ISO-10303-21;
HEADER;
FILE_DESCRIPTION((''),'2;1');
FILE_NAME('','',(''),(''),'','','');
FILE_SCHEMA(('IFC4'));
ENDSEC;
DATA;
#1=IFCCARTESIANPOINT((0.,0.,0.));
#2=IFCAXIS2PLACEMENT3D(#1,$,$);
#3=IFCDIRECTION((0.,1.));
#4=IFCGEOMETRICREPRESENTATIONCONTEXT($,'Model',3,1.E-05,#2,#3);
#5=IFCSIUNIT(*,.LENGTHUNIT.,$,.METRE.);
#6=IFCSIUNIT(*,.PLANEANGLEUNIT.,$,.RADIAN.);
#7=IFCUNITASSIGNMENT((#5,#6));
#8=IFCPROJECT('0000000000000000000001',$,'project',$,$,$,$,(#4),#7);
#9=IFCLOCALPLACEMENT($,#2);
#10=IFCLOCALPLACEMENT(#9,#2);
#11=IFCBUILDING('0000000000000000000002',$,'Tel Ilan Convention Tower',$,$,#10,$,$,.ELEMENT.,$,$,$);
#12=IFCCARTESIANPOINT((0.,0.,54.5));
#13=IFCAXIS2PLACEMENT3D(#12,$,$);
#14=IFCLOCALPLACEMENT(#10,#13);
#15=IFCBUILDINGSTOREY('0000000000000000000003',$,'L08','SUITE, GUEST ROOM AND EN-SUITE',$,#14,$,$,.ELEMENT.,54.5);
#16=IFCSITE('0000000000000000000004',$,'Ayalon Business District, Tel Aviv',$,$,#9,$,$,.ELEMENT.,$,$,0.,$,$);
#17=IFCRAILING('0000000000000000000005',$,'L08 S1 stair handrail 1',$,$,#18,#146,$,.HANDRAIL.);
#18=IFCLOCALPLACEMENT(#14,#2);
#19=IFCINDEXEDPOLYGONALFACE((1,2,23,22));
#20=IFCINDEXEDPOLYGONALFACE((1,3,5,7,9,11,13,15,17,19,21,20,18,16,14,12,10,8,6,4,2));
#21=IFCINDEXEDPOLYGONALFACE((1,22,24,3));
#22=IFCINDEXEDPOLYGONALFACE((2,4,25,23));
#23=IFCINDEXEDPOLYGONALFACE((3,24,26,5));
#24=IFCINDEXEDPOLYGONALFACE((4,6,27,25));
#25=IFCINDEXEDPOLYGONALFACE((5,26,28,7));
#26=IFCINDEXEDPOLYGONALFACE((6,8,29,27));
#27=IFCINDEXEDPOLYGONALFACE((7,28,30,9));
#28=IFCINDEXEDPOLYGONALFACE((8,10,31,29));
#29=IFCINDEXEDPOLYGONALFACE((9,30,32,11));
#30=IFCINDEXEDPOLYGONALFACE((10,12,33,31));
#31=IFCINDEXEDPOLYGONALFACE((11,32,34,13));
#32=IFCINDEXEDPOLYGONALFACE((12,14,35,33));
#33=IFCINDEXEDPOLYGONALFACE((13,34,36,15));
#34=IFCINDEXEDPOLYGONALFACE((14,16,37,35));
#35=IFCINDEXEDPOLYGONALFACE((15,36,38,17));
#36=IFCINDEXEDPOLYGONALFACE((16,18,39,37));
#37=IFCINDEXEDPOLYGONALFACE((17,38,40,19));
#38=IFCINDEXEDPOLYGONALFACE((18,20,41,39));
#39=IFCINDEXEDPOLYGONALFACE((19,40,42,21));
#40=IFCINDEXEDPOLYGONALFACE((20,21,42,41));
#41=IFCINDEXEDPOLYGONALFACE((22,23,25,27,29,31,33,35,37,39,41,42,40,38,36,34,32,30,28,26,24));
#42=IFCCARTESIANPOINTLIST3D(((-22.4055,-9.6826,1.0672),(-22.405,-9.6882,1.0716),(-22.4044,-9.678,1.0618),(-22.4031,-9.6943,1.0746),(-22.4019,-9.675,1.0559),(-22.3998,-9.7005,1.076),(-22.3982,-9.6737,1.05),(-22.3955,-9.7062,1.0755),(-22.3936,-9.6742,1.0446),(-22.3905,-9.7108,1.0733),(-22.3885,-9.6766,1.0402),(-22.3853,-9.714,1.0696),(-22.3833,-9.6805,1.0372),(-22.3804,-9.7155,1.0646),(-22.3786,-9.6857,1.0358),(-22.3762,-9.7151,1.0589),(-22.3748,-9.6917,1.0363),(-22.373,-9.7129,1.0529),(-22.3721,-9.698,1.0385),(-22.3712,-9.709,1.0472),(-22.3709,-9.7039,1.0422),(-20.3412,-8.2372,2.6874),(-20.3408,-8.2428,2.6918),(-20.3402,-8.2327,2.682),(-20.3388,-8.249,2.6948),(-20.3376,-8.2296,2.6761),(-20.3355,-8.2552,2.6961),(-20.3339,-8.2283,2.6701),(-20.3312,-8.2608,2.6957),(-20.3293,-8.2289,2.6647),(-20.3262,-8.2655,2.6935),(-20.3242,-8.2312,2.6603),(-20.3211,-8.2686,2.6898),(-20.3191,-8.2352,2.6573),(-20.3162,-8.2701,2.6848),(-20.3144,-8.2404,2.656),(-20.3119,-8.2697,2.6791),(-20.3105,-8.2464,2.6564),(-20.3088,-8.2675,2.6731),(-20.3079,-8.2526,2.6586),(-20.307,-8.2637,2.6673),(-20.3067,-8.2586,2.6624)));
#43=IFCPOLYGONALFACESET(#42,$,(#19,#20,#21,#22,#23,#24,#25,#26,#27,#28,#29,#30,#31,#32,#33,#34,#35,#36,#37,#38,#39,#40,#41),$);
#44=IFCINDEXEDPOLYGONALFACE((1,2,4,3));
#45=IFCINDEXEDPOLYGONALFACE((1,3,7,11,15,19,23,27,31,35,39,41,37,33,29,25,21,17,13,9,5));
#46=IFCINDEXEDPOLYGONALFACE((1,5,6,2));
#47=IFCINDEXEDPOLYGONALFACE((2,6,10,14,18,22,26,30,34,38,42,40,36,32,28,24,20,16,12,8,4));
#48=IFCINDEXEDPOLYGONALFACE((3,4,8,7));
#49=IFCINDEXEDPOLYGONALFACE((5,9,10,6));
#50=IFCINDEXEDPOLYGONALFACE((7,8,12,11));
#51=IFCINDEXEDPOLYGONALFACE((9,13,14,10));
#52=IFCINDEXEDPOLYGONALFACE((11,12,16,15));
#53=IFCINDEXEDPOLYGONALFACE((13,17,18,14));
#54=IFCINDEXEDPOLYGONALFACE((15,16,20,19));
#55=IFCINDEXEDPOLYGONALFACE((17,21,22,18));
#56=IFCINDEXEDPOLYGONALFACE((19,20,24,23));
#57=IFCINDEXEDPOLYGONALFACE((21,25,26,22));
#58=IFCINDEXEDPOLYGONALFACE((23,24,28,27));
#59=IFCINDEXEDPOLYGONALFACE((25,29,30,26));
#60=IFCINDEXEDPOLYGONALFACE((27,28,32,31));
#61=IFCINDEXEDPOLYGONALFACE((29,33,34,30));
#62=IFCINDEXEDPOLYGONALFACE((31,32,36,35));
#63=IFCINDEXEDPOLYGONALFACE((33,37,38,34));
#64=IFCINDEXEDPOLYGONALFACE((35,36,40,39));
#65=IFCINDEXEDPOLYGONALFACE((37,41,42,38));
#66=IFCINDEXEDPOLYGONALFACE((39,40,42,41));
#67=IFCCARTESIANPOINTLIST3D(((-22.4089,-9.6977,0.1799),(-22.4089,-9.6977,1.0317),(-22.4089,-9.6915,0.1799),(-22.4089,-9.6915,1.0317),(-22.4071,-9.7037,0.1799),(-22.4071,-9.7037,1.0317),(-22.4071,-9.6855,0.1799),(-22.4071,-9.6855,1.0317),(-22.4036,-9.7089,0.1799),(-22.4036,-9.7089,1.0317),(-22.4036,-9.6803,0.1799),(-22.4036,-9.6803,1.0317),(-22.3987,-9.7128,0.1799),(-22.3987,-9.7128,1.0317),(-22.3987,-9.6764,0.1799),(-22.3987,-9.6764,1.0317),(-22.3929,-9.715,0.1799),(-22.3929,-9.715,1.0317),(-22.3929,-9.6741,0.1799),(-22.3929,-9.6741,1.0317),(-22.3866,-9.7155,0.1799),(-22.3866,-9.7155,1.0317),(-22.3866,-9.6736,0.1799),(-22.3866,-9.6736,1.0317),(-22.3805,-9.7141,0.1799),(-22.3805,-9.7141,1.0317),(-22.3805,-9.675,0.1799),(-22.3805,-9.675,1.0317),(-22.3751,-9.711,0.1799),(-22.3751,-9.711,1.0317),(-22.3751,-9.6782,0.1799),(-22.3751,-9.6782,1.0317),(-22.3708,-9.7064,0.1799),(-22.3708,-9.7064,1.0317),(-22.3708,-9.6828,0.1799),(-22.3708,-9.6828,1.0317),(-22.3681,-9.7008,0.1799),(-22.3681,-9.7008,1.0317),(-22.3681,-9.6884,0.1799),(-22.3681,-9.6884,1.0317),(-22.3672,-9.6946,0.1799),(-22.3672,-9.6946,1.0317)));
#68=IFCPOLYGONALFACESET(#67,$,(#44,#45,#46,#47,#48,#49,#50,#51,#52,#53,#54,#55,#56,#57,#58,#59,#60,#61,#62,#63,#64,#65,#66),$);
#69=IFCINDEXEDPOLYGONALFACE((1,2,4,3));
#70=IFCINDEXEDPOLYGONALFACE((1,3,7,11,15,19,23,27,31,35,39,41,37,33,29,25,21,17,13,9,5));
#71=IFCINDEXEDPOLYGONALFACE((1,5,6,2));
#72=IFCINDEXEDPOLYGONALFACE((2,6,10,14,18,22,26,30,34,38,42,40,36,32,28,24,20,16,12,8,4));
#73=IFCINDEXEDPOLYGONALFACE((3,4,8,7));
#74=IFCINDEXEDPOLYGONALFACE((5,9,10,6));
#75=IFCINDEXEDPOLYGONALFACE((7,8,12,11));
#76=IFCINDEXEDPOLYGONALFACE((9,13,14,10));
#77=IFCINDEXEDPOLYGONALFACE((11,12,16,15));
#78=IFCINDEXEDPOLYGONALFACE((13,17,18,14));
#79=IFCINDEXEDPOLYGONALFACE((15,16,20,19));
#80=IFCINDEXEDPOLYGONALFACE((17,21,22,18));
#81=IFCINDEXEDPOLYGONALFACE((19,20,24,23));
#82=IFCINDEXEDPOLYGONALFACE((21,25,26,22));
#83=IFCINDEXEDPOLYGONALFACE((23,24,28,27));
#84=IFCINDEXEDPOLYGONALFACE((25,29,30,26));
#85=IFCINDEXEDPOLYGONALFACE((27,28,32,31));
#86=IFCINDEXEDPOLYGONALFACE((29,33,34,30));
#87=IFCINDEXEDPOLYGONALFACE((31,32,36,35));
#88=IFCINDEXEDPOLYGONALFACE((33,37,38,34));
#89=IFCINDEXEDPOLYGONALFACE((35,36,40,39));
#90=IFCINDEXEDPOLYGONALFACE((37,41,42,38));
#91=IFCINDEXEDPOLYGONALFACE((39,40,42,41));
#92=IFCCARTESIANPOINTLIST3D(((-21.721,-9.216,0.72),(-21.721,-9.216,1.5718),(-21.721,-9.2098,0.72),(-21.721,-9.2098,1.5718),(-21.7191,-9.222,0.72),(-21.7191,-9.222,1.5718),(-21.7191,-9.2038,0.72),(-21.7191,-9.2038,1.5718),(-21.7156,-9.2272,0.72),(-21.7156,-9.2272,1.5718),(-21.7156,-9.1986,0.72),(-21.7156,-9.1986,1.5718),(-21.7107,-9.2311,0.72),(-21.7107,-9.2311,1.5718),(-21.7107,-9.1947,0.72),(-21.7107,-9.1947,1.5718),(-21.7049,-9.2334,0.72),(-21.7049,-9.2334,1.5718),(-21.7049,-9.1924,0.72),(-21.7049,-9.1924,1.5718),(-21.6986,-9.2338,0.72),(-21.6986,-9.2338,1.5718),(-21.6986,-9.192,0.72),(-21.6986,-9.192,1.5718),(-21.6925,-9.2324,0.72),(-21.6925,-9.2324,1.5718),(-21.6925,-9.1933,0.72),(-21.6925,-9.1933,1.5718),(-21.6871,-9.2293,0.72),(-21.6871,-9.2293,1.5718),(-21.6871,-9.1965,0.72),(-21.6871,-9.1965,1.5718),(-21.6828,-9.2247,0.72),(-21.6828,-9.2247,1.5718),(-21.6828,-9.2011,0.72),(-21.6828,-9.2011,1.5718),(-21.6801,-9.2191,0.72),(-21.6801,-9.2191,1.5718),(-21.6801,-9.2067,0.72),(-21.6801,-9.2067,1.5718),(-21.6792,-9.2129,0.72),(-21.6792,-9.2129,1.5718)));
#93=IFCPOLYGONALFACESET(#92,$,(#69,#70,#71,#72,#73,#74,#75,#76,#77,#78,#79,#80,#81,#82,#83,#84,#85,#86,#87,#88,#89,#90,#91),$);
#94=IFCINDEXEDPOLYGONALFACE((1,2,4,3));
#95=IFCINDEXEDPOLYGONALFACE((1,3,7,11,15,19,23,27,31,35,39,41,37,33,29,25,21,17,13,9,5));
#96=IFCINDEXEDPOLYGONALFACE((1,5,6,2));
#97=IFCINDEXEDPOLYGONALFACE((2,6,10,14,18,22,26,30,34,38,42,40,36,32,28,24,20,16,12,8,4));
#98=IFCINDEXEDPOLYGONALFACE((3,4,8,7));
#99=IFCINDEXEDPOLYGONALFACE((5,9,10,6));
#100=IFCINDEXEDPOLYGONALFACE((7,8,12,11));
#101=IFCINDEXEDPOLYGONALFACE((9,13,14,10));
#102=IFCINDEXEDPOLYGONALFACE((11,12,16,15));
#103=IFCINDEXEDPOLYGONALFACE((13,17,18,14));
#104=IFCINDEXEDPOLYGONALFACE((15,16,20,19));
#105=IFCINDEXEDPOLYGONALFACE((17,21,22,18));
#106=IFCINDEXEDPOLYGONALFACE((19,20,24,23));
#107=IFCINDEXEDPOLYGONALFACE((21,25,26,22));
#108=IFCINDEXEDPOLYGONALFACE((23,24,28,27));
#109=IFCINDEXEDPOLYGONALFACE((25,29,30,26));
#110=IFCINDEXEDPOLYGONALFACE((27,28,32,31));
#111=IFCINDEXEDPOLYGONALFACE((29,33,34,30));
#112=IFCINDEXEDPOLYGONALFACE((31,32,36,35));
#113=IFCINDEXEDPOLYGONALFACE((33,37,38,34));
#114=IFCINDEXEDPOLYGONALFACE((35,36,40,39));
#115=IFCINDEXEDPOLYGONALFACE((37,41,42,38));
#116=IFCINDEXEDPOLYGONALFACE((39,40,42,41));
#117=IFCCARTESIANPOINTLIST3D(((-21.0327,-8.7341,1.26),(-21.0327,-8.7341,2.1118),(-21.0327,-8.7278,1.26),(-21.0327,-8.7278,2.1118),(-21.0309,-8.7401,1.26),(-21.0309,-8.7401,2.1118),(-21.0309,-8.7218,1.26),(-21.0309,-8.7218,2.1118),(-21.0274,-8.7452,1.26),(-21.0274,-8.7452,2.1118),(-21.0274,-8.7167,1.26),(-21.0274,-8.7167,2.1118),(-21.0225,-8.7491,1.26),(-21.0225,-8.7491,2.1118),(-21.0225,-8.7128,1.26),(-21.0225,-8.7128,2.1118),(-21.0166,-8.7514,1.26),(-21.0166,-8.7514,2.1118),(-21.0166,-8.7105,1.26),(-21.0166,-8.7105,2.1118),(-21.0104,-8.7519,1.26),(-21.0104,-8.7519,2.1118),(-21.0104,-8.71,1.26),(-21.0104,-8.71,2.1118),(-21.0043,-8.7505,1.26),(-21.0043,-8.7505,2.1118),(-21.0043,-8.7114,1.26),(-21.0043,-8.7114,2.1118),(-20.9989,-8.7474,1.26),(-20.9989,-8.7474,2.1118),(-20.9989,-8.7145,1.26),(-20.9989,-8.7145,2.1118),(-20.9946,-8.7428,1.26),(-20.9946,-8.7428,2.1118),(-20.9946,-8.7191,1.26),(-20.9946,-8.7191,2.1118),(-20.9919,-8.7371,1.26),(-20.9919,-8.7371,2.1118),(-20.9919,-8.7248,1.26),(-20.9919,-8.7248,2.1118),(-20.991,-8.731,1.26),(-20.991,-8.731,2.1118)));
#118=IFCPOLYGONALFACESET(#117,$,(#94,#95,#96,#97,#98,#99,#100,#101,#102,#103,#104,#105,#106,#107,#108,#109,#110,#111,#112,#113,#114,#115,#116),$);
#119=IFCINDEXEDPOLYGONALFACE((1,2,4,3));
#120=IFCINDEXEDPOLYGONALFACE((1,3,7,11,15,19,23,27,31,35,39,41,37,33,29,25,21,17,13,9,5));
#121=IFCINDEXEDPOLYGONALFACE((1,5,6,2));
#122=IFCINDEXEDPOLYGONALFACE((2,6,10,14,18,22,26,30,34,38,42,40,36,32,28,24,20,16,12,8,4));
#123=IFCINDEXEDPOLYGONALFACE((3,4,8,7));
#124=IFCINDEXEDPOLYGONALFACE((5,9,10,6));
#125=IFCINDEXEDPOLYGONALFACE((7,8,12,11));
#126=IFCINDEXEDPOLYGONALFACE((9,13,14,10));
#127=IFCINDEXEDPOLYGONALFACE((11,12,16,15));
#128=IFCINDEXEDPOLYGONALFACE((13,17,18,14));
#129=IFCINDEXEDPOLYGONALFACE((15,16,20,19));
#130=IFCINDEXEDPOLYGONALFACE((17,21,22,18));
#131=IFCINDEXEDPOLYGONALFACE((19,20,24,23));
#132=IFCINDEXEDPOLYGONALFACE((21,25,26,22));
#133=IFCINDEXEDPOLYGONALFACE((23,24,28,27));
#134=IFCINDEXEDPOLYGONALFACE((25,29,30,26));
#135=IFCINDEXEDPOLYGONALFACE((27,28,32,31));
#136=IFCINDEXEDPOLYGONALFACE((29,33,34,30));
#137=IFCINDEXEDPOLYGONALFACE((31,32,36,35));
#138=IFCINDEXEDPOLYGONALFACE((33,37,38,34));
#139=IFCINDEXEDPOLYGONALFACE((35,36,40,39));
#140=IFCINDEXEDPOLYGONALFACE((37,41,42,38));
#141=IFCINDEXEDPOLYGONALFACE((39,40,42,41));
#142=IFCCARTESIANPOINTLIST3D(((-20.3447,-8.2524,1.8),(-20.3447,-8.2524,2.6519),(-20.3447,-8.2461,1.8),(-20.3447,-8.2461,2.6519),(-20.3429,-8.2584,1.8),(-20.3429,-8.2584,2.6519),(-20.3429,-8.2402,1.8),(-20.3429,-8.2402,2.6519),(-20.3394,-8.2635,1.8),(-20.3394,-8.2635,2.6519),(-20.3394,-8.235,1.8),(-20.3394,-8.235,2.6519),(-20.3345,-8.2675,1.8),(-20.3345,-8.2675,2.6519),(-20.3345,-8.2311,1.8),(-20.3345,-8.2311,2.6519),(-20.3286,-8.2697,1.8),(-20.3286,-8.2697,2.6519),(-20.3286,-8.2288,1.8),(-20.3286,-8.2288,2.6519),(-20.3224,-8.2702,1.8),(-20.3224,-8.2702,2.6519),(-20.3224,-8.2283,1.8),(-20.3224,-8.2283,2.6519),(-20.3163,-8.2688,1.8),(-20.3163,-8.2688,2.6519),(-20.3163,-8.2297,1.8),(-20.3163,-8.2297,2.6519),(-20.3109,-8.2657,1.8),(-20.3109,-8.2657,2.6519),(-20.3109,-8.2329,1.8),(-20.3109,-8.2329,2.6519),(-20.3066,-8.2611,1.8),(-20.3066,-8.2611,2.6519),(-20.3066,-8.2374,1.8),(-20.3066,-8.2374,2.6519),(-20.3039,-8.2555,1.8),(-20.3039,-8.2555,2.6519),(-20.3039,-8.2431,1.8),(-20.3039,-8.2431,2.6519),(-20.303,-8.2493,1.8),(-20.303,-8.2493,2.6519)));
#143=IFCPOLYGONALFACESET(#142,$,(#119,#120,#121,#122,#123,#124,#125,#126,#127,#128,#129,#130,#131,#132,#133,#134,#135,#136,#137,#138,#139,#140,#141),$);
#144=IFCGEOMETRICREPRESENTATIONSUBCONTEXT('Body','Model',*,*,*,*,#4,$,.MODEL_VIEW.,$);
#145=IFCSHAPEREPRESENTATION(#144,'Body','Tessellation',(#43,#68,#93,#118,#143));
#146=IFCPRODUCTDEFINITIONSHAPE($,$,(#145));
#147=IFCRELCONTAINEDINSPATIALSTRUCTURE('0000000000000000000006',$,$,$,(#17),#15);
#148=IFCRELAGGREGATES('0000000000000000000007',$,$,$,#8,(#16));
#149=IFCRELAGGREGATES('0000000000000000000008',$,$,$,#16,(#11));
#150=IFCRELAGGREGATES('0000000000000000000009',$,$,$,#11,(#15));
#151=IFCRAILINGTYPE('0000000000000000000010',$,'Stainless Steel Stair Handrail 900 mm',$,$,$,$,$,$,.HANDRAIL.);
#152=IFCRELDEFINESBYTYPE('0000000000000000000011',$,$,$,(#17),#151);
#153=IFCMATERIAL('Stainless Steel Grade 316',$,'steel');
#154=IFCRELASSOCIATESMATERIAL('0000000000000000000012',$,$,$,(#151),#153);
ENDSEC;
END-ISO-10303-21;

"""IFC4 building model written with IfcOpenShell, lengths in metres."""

from ifc_helpers import new_model, si_unit, direction, frame, origin, origin_2d, place, context, subcontext, project, spatial, circle, extrude, material, type_object, element, save


model = new_model("IFC4")

# Units and contexts
model_context = context("Model", 3, precision=1e-05, world=origin(), true_north=direction((0.0, 1.0)))
body_context = subcontext(model_context, "Body", "Model", "MODEL_VIEW")
ifc_project = project(units=[si_unit("LENGTHUNIT", "METRE"), si_unit("PLANEANGLEUNIT", "RADIAN")], contexts=[model_context])

# Site, building, storey
site_placement = place(None, origin())
site = spatial("IfcSite", under=ifc_project, at=site_placement, Name="Ayalon Business District, Tel Aviv", CompositionType="ELEMENT", RefElevation=0.0)
building_placement = place(site_placement, origin())
building = spatial("IfcBuilding", under=site, at=building_placement, Name="Tel Ilan Convention Tower", CompositionType="ELEMENT")
storey_placement = place(building_placement, frame((0.0, 0.0, 54.5)))
storey = spatial("IfcBuildingStorey", under=building, at=storey_placement, Name="L08", Description="SUITE, GUEST ROOM AND EN-SUITE", CompositionType="ELEMENT", Elevation=54.5)

# Railing
ifc_material_1 = material(Name="Stainless Steel Grade 316", Category="steel")
railing_type_1 = type_object("IfcRailingType", Name="Stainless Steel Stair Handrail 900 mm", PredefinedType="HANDRAIL", material=ifc_material_1)
for number, where, name in (
    (1, (-22.3882, -9.6946, 0.1799), "L08 S1 stair handrail 1"),
):
    element("IfcRailing", number, at=place(storey_placement, frame(where)), inside=storey, type_object=railing_type_1, Name=name, PredefinedType="HANDRAIL", context=body_context, shape_type="SweptSolid", body=[
        extrude(circle(Radius=0.0239, at=origin_2d()), frame((0.0, 0.0, 0.876), z_axis=(0.68904, 0.48245, 0.540801), x_axis=(-0.57356, 0.819164, 0.0)), (0.0, 0.0, 1.0), 2.9958),
        extrude(circle(Radius=0.021, at=origin_2d()), origin(), (0.0, 0.0, 1.0), 0.8518),
        extrude(circle(Radius=0.021, at=origin_2d()), frame((0.688, 0.4817, 0.54)), (0.0, 0.0, 1.0), 0.8518),
        extrude(circle(Radius=0.021, at=origin_2d()), frame((1.3762, 0.9636, 1.0801)), (0.0, 0.0, 1.0), 0.8518),
        extrude(circle(Radius=0.021, at=origin_2d()), frame((2.0642, 1.4453, 1.6201)), (0.0, 0.0, 1.0), 0.8518),
    ])

save(model, "model.ifc")
